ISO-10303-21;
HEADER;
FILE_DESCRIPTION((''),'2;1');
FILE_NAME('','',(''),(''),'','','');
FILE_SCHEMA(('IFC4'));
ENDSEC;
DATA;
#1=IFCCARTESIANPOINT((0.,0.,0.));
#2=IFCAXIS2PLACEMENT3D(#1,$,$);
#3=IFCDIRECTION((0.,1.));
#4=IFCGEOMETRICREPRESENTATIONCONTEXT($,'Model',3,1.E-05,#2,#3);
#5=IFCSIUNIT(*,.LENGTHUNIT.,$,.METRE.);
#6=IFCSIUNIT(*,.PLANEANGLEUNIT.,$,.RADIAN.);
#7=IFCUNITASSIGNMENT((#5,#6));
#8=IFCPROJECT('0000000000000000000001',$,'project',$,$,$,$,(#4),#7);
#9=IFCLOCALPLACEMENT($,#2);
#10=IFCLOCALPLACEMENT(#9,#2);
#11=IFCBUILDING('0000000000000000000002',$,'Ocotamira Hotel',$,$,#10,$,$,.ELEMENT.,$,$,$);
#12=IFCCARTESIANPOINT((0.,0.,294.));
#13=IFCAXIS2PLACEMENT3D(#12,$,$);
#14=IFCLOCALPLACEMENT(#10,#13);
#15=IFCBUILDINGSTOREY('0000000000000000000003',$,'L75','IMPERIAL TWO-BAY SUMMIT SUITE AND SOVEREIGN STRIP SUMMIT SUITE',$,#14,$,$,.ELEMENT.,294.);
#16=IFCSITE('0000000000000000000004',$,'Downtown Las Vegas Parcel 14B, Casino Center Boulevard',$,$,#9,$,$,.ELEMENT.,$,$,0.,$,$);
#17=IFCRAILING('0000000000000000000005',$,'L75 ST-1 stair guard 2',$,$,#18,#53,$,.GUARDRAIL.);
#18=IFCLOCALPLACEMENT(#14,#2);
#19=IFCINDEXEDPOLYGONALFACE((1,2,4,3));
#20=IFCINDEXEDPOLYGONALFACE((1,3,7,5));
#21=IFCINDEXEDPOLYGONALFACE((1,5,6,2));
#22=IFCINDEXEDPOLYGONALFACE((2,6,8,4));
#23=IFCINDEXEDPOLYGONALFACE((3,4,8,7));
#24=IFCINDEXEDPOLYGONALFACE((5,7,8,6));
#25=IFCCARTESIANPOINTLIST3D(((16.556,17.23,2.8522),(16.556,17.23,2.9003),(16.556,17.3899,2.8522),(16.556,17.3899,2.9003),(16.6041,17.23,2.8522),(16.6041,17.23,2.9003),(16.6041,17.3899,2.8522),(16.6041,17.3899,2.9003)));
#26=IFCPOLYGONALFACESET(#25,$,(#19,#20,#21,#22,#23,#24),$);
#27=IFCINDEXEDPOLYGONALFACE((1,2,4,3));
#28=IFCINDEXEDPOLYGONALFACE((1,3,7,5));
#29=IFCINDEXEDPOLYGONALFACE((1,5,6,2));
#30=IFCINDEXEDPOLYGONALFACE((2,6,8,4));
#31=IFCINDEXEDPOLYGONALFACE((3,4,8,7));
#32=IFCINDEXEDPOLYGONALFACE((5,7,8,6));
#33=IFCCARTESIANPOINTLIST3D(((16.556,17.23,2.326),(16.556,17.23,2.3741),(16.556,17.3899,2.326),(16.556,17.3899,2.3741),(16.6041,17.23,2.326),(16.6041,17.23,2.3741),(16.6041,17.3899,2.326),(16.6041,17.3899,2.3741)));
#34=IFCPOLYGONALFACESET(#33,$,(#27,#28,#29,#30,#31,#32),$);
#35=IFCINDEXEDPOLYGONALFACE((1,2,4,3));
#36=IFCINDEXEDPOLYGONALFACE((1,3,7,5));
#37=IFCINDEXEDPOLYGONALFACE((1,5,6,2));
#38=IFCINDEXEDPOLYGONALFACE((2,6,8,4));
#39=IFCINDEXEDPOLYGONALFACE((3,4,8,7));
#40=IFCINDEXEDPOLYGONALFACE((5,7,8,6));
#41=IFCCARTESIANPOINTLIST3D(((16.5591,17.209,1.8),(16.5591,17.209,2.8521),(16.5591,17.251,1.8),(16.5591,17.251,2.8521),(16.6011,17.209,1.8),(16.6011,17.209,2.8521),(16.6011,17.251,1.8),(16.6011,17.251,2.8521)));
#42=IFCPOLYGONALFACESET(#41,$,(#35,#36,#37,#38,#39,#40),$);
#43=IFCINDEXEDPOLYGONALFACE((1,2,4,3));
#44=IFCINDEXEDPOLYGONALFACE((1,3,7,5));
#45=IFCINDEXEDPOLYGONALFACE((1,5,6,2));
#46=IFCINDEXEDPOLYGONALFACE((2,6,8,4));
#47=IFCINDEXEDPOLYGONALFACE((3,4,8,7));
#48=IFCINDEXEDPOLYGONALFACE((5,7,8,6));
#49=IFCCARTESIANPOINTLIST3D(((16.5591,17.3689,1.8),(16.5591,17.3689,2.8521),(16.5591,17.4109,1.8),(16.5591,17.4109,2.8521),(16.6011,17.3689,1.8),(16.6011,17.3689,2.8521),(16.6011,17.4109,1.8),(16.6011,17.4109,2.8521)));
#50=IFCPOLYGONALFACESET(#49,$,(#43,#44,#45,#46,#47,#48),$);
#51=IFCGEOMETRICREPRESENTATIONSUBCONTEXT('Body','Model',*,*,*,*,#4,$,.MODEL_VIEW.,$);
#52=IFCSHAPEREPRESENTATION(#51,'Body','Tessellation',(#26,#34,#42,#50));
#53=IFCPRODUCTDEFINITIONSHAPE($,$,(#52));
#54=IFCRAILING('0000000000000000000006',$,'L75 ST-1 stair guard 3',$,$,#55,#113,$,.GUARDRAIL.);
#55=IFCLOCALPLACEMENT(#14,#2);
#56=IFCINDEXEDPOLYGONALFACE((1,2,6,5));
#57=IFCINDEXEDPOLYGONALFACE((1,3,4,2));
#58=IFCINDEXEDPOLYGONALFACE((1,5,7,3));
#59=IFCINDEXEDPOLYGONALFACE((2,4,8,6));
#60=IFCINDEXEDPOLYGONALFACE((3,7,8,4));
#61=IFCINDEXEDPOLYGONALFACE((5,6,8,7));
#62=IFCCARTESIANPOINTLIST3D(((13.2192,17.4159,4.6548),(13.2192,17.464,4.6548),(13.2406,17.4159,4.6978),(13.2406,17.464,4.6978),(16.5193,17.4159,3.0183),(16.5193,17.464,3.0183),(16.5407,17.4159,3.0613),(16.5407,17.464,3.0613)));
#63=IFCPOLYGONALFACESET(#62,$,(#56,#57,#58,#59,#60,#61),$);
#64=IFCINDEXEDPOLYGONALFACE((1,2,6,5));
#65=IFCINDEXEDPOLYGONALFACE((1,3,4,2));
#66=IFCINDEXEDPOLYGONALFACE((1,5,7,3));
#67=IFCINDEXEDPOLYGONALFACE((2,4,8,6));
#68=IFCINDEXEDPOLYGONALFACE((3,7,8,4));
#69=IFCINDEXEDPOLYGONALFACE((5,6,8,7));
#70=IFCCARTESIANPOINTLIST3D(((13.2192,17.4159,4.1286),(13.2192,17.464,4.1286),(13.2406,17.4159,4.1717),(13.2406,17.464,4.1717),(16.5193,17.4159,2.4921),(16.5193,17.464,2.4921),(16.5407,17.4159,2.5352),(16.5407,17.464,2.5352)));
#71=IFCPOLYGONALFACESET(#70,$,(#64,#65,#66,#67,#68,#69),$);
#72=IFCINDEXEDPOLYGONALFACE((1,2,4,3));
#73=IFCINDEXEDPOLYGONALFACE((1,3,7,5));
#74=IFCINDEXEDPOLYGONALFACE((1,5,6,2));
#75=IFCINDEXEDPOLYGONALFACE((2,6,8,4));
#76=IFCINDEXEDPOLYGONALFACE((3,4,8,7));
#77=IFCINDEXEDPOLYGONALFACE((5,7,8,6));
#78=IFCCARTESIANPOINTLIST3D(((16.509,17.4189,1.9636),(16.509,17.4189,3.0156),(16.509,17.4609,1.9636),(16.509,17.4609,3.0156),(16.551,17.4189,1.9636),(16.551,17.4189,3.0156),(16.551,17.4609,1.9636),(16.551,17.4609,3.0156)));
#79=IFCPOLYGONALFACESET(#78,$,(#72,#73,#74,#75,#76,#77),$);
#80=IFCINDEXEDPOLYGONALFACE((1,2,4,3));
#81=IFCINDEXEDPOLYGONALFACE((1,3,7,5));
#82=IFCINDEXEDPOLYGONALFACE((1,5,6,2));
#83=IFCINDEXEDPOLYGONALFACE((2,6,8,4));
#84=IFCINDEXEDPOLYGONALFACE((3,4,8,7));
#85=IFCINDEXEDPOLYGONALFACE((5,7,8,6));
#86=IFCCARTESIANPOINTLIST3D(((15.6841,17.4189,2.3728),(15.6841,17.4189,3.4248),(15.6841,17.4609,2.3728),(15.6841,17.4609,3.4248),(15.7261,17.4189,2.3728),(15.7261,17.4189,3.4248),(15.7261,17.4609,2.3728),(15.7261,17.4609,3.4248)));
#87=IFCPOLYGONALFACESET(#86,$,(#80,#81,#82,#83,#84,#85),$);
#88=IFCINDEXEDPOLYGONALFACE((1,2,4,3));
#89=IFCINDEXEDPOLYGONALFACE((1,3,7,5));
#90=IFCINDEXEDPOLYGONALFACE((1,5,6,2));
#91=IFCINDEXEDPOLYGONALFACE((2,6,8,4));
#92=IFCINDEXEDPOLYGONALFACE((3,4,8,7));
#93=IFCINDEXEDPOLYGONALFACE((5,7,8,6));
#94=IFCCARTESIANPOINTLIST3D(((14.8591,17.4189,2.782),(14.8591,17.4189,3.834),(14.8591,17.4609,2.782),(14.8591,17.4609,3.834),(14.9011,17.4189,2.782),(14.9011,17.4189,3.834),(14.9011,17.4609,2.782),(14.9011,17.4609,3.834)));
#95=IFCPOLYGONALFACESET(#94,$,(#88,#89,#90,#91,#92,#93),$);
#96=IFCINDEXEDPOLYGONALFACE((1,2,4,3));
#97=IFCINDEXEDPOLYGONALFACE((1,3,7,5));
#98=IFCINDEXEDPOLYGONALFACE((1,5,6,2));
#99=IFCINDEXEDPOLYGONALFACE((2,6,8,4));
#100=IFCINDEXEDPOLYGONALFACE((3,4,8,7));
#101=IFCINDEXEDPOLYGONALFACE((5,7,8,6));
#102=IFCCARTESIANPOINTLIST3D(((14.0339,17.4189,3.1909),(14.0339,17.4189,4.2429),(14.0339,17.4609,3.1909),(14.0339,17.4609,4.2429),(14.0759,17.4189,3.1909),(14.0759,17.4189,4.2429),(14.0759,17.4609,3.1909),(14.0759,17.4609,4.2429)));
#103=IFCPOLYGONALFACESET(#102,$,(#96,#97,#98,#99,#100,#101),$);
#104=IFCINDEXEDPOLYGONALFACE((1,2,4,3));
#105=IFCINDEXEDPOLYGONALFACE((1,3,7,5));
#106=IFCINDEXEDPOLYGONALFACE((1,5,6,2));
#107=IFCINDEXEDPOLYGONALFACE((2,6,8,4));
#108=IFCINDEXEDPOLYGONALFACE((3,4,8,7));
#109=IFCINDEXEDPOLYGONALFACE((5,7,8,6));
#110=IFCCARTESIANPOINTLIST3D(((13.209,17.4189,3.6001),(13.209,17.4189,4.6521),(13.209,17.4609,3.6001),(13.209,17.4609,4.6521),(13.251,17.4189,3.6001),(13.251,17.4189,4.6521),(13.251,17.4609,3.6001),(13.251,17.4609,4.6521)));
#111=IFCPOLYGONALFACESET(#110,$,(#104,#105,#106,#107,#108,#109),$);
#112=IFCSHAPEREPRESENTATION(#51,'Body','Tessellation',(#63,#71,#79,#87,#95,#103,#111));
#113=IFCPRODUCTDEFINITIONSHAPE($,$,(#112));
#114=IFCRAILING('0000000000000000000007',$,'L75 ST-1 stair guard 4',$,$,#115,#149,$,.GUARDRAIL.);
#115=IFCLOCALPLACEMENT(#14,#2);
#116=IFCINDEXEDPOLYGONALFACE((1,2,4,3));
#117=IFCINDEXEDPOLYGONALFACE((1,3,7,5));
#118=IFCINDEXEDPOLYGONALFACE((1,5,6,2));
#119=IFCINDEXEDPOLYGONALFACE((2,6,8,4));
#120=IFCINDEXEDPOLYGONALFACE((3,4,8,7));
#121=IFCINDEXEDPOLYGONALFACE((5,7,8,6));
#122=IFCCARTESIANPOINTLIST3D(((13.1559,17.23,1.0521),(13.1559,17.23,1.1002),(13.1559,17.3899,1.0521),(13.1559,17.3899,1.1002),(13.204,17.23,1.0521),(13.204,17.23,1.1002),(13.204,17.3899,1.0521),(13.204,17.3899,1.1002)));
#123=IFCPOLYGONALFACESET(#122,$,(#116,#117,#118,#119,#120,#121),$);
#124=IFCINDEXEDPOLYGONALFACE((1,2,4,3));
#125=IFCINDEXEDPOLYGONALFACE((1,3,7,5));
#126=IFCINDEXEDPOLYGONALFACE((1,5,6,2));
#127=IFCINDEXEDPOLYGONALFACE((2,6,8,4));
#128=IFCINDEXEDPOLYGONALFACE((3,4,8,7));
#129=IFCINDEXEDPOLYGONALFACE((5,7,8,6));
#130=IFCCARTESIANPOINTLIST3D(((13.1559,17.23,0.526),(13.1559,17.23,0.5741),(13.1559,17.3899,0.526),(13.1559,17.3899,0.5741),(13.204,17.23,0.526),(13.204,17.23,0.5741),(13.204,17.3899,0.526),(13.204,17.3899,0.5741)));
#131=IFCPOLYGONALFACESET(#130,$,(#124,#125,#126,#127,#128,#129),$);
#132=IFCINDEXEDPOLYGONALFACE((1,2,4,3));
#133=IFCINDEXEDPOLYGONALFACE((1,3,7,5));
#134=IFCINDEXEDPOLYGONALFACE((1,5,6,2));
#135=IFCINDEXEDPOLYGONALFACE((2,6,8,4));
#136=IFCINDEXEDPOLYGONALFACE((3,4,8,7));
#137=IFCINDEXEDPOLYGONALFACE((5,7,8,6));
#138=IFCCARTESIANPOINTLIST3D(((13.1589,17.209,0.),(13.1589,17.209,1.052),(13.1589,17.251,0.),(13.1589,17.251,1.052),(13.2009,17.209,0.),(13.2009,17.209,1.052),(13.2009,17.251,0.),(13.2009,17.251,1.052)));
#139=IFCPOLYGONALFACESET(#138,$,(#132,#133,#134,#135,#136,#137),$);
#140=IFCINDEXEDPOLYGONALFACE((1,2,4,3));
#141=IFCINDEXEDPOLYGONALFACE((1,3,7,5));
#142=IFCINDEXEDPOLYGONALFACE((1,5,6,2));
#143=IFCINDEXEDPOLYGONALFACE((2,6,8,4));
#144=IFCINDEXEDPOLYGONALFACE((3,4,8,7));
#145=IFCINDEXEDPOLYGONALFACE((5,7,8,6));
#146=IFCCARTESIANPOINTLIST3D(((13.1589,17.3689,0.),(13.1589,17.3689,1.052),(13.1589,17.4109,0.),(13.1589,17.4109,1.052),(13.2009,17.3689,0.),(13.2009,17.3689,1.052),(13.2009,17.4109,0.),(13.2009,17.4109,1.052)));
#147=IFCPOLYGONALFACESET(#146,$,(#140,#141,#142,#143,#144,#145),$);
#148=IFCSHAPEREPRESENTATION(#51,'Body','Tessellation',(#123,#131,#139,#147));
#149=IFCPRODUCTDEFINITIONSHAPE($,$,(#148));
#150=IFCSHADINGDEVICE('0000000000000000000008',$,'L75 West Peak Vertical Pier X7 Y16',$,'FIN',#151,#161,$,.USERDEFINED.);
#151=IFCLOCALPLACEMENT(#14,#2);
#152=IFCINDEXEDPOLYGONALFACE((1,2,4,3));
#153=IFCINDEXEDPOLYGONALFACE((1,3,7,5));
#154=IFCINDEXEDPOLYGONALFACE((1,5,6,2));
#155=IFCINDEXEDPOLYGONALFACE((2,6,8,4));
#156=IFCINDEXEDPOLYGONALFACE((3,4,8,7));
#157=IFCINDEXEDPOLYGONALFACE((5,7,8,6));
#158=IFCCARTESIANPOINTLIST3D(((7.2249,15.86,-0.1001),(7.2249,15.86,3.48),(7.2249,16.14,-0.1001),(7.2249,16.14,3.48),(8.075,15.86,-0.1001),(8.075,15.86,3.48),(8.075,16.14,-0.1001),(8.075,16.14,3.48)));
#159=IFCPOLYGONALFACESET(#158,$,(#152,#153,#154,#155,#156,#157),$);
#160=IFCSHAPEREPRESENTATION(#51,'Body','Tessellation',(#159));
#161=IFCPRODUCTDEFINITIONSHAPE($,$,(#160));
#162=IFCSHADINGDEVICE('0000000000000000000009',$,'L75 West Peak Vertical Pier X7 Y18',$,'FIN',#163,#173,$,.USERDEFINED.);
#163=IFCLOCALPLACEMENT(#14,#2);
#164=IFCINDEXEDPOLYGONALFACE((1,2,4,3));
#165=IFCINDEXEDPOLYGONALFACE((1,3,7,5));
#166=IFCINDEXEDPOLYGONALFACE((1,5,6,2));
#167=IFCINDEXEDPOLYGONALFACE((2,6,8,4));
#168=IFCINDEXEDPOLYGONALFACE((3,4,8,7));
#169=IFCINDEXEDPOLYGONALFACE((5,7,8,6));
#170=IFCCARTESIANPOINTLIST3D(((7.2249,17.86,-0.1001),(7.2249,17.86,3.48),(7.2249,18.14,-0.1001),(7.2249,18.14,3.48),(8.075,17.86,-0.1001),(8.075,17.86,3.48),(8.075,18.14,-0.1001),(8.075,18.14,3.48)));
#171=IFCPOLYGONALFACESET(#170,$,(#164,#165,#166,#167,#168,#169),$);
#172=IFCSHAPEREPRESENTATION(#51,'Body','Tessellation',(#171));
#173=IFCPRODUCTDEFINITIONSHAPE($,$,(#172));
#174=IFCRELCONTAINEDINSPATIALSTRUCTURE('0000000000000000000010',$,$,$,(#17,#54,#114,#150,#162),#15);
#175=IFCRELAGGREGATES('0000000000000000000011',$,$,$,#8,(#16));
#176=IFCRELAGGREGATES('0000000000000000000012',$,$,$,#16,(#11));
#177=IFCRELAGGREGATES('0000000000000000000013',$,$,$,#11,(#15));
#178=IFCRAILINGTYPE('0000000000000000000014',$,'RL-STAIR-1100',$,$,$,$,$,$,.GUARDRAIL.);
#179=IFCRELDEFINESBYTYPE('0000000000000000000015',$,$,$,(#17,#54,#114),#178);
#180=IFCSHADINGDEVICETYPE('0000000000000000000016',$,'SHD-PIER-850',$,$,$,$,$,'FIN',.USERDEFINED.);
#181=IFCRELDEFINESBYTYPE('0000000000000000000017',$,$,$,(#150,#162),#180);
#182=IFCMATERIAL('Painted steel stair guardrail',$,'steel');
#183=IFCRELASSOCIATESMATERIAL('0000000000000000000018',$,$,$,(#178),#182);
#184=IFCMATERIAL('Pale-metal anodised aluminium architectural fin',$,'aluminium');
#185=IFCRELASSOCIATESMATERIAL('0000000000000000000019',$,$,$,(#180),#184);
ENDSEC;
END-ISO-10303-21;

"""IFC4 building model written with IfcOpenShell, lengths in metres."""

from ifc_helpers import new_model, si_unit, direction, frame, origin, origin_2d, place, context, subcontext, project, spatial, rectangle, extrude, source, transform, mapped, material, type_object, element, save


model = new_model("IFC4")

# Units and contexts
model_context = context("Model", 3, precision=1e-05, world=origin(), true_north=direction((0.0, 1.0)))
body_context = subcontext(model_context, "Body", "Model", "MODEL_VIEW")
ifc_project = project(units=[si_unit("LENGTHUNIT", "METRE"), si_unit("PLANEANGLEUNIT", "RADIAN")], contexts=[model_context])

# Site, building, storey
site_placement = place(None, origin())
site = spatial("IfcSite", under=ifc_project, at=site_placement, Name="Downtown Las Vegas Parcel 14B, Casino Center Boulevard", CompositionType="ELEMENT", RefElevation=0.0)
building_placement = place(site_placement, origin())
building = spatial("IfcBuilding", under=site, at=building_placement, Name="Ocotamira Hotel", CompositionType="ELEMENT")
storey_placement = place(building_placement, frame((0.0, 0.0, 294.0)))
storey = spatial("IfcBuildingStorey", under=building, at=storey_placement, Name="L75", Description="IMPERIAL TWO-BAY SUMMIT SUITE AND SOVEREIGN STRIP SUMMIT SUITE", CompositionType="ELEMENT", Elevation=294.0)

# Railings
ifc_material_1 = material(Name="Painted steel stair guardrail", Category="steel")
railing_type_1 = type_object("IfcRailingType", Name="RL-STAIR-1100", PredefinedType="GUARDRAIL", material=ifc_material_1)
railing_1_placement = place(storey_placement, frame((16.5801, 17.23, 1.8)))
element("IfcRailing", 1, at=railing_1_placement, inside=storey, type_object=railing_type_1, Name="L75 ST-1 stair guard 2", PredefinedType="GUARDRAIL", context=body_context, shape_type="SweptSolid", body=[
    extrude(rectangle(XDim=0.0481, YDim=0.0481, at=origin_2d()), frame((0.0, 0.0, 1.0762), z_axis=(0.0, 1.0, 0.0), x_axis=(-1.0, 0.0, 0.0)), (0.0, 0.0, 1.0), 0.1599),
    extrude(rectangle(XDim=0.0481, YDim=0.0481, at=origin_2d()), frame((0.0, 0.0, 0.55), z_axis=(0.0, 1.0, 0.0), x_axis=(-1.0, 0.0, 0.0)), (0.0, 0.0, 1.0), 0.1599),
    extrude(rectangle(XDim=0.042, YDim=0.042, at=origin_2d()), origin(), (0.0, 0.0, 1.0), 1.052),
    extrude(rectangle(XDim=0.042, YDim=0.042, at=origin_2d()), frame((0.0, 0.1599, 0.0)), (0.0, 0.0, 1.0), 1.052),
])
railing_2_placement = place(storey_placement, frame((16.53, 17.4399, 1.9636)))
element("IfcRailing", 2, at=railing_2_placement, inside=storey, type_object=railing_type_1, Name="L75 ST-1 stair guard 3", PredefinedType="GUARDRAIL", context=body_context, shape_type="SweptSolid", body=[
    extrude(rectangle(XDim=0.0481, YDim=0.0481, at=origin_2d()), frame((0.0, 0.0, 1.0762), z_axis=(-0.895894, 0.0, 0.444268), x_axis=(0.0, -1.0, 0.0)), (0.0, 0.0, 1.0), 3.6836),
    extrude(rectangle(XDim=0.0481, YDim=0.0481, at=origin_2d()), frame((0.0, 0.0, 0.55), z_axis=(-0.895894, 0.0, 0.444268), x_axis=(0.0, -1.0, 0.0)), (0.0, 0.0, 1.0), 3.6836),
    extrude(rectangle(XDim=0.042, YDim=0.042, at=origin_2d()), origin(), (0.0, 0.0, 1.0), 1.052),
    extrude(rectangle(XDim=0.042, YDim=0.042, at=origin_2d()), frame((-0.825, 0.0, 0.4092)), (0.0, 0.0, 1.0), 1.052),
    extrude(rectangle(XDim=0.042, YDim=0.042, at=origin_2d()), frame((-1.6499, 0.0, 0.8184)), (0.0, 0.0, 1.0), 1.052),
    extrude(rectangle(XDim=0.042, YDim=0.042, at=origin_2d()), frame((-2.4751, 0.0, 1.2273)), (0.0, 0.0, 1.0), 1.052),
    extrude(rectangle(XDim=0.042, YDim=0.042, at=origin_2d()), frame((-3.3, 0.0, 1.6365)), (0.0, 0.0, 1.0), 1.052),
])
railing_3_placement = place(storey_placement, frame((13.1799, 17.23, 0.0)))
element("IfcRailing", 3, at=railing_3_placement, inside=storey, type_object=railing_type_1, Name="L75 ST-1 stair guard 4", PredefinedType="GUARDRAIL", context=body_context, shape_type="SweptSolid", body=[
    extrude(rectangle(XDim=0.0481, YDim=0.0481, at=origin_2d()), frame((0.0, 0.0, 1.0762), z_axis=(0.0, 1.0, 0.0), x_axis=(-1.0, 0.0, 0.0)), (0.0, 0.0, 1.0), 0.1599),
    extrude(rectangle(XDim=0.0481, YDim=0.0481, at=origin_2d()), frame((0.0, 0.0, 0.55), z_axis=(0.0, 1.0, 0.0), x_axis=(-1.0, 0.0, 0.0)), (0.0, 0.0, 1.0), 0.1599),
    extrude(rectangle(XDim=0.042, YDim=0.042, at=origin_2d()), origin(), (0.0, 0.0, 1.0), 1.052),
    extrude(rectangle(XDim=0.042, YDim=0.042, at=origin_2d()), frame((0.0, 0.1599, 0.0)), (0.0, 0.0, 1.0), 1.052),
])

# Shading devices
ifc_material_2 = material(Name="Pale-metal anodised aluminium architectural fin", Category="aluminium")
shading_device_type = type_object("IfcShadingDeviceType", Name="SHD-PIER-850", ElementType="FIN", PredefinedType="USERDEFINED", material=ifc_material_2)
shared_shape_1 = source(origin(), body_context, "Body", "SweptSolid", [
    extrude(rectangle(XDim=0.8501, YDim=0.28, at=origin_2d()), origin(), (0.0, 0.0, 1.0), 3.5801),
])
for number, where, z_axis, x_axis, name in (
    (4, (7.6499, 16.0, -0.1001), (0.0, 0.0, 1.0), (1.0, 0.0, 0.0), "L75 West Peak Vertical Pier X7 Y16"),
    (5, (7.6499, 18.0, -0.1001), (0.0, 0.0, 1.0), (1.0, 0.0, 0.0), "L75 West Peak Vertical Pier X7 Y18"),
):
    element("IfcShadingDevice", number, at=place(storey_placement, frame(where, z_axis=z_axis, x_axis=x_axis)), inside=storey, type_object=shading_device_type, Name=name, ObjectType="FIN", PredefinedType="USERDEFINED", context=body_context, shape_type="MappedRepresentation", body=[
        mapped(shared_shape_1, transform((0.0, 0.0, 0.0), scale=1.0)),
    ])

save(model, "model.ifc")
